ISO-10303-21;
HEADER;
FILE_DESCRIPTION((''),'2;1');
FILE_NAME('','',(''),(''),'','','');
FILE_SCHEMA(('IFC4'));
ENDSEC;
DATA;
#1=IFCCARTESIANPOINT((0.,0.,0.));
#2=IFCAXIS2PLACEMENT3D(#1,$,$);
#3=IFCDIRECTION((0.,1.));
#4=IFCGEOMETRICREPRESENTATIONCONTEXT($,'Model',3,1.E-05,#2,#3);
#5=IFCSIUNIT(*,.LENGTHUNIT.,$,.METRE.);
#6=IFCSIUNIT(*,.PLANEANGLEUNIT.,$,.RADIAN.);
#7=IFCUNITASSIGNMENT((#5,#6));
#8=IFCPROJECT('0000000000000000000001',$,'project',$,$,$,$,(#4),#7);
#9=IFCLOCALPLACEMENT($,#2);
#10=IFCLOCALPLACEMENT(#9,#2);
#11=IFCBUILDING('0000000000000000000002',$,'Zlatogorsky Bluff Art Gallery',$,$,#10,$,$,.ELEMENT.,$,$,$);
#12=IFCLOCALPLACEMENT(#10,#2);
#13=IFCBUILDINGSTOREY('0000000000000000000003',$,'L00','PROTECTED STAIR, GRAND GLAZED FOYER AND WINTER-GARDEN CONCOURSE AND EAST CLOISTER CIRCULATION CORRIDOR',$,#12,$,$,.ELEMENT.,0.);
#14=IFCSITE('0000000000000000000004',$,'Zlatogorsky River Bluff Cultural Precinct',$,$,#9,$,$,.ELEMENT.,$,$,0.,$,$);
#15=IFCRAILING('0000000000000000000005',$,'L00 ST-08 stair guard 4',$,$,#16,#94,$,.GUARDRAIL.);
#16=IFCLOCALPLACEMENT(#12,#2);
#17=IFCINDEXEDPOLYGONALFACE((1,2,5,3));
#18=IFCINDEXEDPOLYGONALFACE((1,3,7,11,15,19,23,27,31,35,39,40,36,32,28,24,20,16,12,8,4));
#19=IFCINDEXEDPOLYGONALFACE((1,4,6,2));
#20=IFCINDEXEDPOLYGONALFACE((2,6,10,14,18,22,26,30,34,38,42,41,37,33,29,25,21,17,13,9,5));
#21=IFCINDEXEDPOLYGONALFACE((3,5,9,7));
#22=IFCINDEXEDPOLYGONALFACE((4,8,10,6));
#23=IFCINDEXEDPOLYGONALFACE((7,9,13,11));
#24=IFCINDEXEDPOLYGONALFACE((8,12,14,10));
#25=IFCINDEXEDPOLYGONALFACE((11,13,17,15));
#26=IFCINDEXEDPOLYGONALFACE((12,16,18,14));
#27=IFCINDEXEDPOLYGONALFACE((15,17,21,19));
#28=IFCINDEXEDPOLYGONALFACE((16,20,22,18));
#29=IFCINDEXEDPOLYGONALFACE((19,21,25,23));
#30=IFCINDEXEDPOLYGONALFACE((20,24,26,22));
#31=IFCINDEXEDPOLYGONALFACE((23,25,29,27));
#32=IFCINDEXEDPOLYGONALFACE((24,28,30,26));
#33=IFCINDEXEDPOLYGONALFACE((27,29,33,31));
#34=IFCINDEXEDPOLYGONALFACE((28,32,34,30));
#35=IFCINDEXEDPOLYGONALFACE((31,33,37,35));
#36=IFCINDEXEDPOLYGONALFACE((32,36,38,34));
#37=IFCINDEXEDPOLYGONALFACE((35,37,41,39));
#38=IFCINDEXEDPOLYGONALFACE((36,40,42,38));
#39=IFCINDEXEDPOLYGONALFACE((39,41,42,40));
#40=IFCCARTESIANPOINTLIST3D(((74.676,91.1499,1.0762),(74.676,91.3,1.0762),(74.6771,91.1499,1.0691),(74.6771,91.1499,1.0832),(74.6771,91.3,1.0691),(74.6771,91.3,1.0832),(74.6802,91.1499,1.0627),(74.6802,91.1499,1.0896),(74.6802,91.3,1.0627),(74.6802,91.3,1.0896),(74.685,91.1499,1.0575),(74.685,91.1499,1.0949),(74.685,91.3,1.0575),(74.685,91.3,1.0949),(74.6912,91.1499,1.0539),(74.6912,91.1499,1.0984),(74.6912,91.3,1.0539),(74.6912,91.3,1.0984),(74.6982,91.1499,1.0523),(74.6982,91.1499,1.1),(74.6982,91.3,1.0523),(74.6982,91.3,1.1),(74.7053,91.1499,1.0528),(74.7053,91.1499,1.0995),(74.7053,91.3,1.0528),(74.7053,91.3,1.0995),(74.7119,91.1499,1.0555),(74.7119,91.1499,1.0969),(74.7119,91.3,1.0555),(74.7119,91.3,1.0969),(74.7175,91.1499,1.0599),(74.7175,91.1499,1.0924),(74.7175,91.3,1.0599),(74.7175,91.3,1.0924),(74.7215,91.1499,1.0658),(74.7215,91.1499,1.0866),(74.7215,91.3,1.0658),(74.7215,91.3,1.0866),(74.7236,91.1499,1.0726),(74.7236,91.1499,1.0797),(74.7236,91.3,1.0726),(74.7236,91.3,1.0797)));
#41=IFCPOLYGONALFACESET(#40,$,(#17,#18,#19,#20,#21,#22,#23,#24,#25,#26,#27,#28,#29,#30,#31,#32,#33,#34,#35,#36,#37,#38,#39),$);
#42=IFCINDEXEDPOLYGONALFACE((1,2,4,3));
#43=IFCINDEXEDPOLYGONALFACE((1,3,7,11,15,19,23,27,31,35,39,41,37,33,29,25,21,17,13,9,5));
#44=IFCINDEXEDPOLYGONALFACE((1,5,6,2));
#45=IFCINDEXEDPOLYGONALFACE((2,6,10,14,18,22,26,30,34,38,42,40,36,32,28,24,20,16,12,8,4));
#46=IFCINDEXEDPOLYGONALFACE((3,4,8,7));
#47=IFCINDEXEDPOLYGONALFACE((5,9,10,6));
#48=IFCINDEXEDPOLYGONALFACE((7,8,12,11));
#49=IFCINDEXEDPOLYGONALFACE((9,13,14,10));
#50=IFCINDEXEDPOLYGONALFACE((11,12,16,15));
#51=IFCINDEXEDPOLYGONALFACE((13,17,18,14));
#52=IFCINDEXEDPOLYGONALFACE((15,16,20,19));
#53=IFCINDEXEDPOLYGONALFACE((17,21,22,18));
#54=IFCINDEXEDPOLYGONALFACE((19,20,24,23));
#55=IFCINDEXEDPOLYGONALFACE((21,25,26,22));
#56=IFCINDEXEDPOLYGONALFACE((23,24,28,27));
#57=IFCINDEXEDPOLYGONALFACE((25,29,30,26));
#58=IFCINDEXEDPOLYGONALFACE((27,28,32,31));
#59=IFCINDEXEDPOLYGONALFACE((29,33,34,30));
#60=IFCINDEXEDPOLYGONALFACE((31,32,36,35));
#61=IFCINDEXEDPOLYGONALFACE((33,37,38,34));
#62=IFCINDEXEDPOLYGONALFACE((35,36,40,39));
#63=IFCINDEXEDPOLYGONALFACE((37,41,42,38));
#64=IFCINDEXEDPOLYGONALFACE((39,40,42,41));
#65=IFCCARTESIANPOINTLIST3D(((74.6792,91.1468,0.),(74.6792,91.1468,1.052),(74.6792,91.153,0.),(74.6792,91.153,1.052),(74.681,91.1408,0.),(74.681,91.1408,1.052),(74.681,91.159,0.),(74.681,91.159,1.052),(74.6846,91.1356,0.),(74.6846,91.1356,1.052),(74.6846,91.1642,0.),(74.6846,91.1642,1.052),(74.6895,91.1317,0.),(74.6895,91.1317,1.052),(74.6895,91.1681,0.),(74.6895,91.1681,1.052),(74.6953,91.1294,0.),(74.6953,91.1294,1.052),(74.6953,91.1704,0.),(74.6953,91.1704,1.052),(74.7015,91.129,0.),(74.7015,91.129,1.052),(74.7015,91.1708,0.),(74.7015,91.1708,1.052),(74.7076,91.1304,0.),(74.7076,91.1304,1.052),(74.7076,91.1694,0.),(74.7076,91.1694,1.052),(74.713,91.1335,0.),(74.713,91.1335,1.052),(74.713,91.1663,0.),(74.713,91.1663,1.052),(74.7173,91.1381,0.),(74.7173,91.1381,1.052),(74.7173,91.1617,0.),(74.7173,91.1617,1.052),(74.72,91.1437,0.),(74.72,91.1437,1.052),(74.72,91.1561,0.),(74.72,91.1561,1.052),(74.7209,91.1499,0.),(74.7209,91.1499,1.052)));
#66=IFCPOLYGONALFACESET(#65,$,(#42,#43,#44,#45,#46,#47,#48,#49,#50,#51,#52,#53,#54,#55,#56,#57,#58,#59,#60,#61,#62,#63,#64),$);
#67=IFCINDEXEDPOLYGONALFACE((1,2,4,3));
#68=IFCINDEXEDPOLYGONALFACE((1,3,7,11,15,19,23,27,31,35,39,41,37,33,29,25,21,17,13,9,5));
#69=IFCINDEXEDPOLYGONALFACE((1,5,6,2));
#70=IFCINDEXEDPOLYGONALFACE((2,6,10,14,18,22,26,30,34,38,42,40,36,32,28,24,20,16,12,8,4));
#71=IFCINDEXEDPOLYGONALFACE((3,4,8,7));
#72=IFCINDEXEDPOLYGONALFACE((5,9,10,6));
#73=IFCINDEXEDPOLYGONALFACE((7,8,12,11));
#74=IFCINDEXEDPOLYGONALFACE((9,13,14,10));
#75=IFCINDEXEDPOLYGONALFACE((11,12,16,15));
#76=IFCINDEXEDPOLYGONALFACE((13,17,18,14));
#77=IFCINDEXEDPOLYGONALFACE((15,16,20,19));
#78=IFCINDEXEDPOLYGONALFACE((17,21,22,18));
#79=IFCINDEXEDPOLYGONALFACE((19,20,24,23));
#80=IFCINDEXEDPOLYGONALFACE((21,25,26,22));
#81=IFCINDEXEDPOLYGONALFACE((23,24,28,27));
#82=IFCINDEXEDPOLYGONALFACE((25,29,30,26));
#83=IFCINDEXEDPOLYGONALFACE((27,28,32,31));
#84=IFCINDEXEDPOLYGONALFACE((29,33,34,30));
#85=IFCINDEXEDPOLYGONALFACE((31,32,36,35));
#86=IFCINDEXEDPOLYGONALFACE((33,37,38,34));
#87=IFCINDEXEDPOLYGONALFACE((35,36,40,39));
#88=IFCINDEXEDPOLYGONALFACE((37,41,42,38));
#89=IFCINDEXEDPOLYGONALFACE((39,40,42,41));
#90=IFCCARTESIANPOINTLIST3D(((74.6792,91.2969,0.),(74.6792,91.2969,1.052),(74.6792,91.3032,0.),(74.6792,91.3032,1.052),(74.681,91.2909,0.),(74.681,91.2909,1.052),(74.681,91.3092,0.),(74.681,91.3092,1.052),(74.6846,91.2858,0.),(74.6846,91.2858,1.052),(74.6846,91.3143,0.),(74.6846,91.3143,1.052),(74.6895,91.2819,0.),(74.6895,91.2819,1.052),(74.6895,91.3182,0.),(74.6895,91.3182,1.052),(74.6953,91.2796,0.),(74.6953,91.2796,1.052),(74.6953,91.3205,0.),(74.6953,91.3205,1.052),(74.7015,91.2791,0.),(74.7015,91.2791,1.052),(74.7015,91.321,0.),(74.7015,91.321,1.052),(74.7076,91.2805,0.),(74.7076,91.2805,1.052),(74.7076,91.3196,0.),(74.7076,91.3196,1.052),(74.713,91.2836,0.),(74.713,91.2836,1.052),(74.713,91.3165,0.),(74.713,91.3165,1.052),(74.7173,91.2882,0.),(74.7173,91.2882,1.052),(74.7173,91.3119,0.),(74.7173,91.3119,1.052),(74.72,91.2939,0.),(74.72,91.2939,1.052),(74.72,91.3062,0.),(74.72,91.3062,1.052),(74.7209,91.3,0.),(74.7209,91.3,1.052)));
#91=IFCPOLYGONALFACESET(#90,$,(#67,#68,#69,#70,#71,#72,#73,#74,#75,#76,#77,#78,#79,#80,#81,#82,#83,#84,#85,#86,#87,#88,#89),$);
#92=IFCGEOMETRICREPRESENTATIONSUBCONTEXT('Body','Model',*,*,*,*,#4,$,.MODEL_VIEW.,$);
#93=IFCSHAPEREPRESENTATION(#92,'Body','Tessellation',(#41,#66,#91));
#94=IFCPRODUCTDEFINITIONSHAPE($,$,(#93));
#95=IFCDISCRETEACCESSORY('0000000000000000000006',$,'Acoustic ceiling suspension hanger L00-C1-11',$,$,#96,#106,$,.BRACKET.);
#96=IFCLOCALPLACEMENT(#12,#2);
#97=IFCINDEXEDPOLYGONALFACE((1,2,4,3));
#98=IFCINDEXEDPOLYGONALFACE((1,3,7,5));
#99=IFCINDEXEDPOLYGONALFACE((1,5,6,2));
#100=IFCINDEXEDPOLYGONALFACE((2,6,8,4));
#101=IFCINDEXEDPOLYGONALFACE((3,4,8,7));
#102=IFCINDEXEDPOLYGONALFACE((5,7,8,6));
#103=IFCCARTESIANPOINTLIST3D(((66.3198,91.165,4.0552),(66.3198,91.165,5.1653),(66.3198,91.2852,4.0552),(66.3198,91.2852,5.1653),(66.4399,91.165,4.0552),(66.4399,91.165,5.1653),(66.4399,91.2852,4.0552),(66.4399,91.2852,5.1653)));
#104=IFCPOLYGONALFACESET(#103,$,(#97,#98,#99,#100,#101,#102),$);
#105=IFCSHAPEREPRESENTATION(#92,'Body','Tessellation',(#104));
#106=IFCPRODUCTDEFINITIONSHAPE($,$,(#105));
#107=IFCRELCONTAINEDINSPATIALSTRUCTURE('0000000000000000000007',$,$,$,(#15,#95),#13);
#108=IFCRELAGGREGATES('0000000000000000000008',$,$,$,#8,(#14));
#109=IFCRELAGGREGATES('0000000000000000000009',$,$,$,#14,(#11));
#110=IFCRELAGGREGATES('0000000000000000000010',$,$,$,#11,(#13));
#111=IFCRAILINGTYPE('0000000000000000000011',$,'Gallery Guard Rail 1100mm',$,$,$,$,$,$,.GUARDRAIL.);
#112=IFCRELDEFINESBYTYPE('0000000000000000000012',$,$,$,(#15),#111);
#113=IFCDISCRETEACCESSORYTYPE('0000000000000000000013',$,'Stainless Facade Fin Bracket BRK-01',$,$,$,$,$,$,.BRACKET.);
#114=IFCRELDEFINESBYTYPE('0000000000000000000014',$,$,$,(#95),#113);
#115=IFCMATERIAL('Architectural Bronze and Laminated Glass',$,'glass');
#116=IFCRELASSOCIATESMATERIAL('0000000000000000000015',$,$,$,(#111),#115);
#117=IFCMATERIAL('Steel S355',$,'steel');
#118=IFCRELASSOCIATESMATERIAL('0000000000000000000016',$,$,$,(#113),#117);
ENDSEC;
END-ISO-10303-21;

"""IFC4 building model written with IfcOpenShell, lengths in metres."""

from ifc_helpers import new_model, si_unit, direction, frame, origin, origin_2d, place, context, subcontext, project, spatial, rectangle, circle, extrude, material, type_object, element, save


model = new_model("IFC4")

# Units and contexts
model_context = context("Model", 3, precision=1e-05, world=origin(), true_north=direction((0.0, 1.0)))
body_context = subcontext(model_context, "Body", "Model", "MODEL_VIEW")
ifc_project = project(units=[si_unit("LENGTHUNIT", "METRE"), si_unit("PLANEANGLEUNIT", "RADIAN")], contexts=[model_context])

# Site, building, storey
site_placement = place(None, origin())
site = spatial("IfcSite", under=ifc_project, at=site_placement, Name="Zlatogorsky River Bluff Cultural Precinct", CompositionType="ELEMENT", RefElevation=0.0)
building_placement = place(site_placement, origin())
building = spatial("IfcBuilding", under=site, at=building_placement, Name="Zlatogorsky Bluff Art Gallery", CompositionType="ELEMENT")
storey_placement = place(building_placement, origin())
storey = spatial("IfcBuildingStorey", under=building, at=storey_placement, Name="L00", Description="PROTECTED STAIR, GRAND GLAZED FOYER AND WINTER-GARDEN CONCOURSE AND EAST CLOISTER CIRCULATION CORRIDOR", CompositionType="ELEMENT", Elevation=0.0)

# Shared definitions
ifc_material_1 = material(Name="Steel S355", Category="steel")

# Railing
ifc_material_2 = material(Name="Architectural Bronze and Laminated Glass", Category="glass")
railing_type = type_object("IfcRailingType", Name="Gallery Guard Rail 1100mm", PredefinedType="GUARDRAIL", material=ifc_material_2)
railing_1_placement = place(storey_placement, frame((74.7, 91.1499, 0.0)))
element("IfcRailing", 1, at=railing_1_placement, inside=storey, type_object=railing_type, Name="L00 ST-08 stair guard 4", PredefinedType="GUARDRAIL", context=body_context, shape_type="SweptSolid", body=[
    extrude(circle(Radius=0.0239, at=origin_2d()), frame((0.0, 0.0, 1.0762), z_axis=(0.0, 1.0, 0.0), x_axis=(-1.0, 0.0, 0.0)), (0.0, 0.0, 1.0), 0.1501),
    extrude(circle(Radius=0.021, at=origin_2d()), origin(), (0.0, 0.0, 1.0), 1.052),
    extrude(circle(Radius=0.021, at=origin_2d()), frame((0.0, 0.1501, 0.0)), (0.0, 0.0, 1.0), 1.052),
])

# Discrete accessory
discrete_accessory_type = type_object("IfcDiscreteAccessoryType", Name="Stainless Facade Fin Bracket BRK-01", PredefinedType="BRACKET", material=ifc_material_1)
discrete_accessory_placement = place(storey_placement, frame((66.3799, 91.2251, 4.0552), z_axis=(0.0, 0.0, 1.0), x_axis=(1.0, 0.0, 0.0)))
element("IfcDiscreteAccessory", 2, at=discrete_accessory_placement, inside=storey, type_object=discrete_accessory_type, Name="Acoustic ceiling suspension hanger L00-C1-11", PredefinedType="BRACKET", context=body_context, shape_type="SweptSolid", body=[
    extrude(rectangle(XDim=0.1201, YDim=0.1201, at=origin_2d()), origin(), (0.0, 0.0, 1.0), 1.1101),
])

save(model, "model.ifc")
